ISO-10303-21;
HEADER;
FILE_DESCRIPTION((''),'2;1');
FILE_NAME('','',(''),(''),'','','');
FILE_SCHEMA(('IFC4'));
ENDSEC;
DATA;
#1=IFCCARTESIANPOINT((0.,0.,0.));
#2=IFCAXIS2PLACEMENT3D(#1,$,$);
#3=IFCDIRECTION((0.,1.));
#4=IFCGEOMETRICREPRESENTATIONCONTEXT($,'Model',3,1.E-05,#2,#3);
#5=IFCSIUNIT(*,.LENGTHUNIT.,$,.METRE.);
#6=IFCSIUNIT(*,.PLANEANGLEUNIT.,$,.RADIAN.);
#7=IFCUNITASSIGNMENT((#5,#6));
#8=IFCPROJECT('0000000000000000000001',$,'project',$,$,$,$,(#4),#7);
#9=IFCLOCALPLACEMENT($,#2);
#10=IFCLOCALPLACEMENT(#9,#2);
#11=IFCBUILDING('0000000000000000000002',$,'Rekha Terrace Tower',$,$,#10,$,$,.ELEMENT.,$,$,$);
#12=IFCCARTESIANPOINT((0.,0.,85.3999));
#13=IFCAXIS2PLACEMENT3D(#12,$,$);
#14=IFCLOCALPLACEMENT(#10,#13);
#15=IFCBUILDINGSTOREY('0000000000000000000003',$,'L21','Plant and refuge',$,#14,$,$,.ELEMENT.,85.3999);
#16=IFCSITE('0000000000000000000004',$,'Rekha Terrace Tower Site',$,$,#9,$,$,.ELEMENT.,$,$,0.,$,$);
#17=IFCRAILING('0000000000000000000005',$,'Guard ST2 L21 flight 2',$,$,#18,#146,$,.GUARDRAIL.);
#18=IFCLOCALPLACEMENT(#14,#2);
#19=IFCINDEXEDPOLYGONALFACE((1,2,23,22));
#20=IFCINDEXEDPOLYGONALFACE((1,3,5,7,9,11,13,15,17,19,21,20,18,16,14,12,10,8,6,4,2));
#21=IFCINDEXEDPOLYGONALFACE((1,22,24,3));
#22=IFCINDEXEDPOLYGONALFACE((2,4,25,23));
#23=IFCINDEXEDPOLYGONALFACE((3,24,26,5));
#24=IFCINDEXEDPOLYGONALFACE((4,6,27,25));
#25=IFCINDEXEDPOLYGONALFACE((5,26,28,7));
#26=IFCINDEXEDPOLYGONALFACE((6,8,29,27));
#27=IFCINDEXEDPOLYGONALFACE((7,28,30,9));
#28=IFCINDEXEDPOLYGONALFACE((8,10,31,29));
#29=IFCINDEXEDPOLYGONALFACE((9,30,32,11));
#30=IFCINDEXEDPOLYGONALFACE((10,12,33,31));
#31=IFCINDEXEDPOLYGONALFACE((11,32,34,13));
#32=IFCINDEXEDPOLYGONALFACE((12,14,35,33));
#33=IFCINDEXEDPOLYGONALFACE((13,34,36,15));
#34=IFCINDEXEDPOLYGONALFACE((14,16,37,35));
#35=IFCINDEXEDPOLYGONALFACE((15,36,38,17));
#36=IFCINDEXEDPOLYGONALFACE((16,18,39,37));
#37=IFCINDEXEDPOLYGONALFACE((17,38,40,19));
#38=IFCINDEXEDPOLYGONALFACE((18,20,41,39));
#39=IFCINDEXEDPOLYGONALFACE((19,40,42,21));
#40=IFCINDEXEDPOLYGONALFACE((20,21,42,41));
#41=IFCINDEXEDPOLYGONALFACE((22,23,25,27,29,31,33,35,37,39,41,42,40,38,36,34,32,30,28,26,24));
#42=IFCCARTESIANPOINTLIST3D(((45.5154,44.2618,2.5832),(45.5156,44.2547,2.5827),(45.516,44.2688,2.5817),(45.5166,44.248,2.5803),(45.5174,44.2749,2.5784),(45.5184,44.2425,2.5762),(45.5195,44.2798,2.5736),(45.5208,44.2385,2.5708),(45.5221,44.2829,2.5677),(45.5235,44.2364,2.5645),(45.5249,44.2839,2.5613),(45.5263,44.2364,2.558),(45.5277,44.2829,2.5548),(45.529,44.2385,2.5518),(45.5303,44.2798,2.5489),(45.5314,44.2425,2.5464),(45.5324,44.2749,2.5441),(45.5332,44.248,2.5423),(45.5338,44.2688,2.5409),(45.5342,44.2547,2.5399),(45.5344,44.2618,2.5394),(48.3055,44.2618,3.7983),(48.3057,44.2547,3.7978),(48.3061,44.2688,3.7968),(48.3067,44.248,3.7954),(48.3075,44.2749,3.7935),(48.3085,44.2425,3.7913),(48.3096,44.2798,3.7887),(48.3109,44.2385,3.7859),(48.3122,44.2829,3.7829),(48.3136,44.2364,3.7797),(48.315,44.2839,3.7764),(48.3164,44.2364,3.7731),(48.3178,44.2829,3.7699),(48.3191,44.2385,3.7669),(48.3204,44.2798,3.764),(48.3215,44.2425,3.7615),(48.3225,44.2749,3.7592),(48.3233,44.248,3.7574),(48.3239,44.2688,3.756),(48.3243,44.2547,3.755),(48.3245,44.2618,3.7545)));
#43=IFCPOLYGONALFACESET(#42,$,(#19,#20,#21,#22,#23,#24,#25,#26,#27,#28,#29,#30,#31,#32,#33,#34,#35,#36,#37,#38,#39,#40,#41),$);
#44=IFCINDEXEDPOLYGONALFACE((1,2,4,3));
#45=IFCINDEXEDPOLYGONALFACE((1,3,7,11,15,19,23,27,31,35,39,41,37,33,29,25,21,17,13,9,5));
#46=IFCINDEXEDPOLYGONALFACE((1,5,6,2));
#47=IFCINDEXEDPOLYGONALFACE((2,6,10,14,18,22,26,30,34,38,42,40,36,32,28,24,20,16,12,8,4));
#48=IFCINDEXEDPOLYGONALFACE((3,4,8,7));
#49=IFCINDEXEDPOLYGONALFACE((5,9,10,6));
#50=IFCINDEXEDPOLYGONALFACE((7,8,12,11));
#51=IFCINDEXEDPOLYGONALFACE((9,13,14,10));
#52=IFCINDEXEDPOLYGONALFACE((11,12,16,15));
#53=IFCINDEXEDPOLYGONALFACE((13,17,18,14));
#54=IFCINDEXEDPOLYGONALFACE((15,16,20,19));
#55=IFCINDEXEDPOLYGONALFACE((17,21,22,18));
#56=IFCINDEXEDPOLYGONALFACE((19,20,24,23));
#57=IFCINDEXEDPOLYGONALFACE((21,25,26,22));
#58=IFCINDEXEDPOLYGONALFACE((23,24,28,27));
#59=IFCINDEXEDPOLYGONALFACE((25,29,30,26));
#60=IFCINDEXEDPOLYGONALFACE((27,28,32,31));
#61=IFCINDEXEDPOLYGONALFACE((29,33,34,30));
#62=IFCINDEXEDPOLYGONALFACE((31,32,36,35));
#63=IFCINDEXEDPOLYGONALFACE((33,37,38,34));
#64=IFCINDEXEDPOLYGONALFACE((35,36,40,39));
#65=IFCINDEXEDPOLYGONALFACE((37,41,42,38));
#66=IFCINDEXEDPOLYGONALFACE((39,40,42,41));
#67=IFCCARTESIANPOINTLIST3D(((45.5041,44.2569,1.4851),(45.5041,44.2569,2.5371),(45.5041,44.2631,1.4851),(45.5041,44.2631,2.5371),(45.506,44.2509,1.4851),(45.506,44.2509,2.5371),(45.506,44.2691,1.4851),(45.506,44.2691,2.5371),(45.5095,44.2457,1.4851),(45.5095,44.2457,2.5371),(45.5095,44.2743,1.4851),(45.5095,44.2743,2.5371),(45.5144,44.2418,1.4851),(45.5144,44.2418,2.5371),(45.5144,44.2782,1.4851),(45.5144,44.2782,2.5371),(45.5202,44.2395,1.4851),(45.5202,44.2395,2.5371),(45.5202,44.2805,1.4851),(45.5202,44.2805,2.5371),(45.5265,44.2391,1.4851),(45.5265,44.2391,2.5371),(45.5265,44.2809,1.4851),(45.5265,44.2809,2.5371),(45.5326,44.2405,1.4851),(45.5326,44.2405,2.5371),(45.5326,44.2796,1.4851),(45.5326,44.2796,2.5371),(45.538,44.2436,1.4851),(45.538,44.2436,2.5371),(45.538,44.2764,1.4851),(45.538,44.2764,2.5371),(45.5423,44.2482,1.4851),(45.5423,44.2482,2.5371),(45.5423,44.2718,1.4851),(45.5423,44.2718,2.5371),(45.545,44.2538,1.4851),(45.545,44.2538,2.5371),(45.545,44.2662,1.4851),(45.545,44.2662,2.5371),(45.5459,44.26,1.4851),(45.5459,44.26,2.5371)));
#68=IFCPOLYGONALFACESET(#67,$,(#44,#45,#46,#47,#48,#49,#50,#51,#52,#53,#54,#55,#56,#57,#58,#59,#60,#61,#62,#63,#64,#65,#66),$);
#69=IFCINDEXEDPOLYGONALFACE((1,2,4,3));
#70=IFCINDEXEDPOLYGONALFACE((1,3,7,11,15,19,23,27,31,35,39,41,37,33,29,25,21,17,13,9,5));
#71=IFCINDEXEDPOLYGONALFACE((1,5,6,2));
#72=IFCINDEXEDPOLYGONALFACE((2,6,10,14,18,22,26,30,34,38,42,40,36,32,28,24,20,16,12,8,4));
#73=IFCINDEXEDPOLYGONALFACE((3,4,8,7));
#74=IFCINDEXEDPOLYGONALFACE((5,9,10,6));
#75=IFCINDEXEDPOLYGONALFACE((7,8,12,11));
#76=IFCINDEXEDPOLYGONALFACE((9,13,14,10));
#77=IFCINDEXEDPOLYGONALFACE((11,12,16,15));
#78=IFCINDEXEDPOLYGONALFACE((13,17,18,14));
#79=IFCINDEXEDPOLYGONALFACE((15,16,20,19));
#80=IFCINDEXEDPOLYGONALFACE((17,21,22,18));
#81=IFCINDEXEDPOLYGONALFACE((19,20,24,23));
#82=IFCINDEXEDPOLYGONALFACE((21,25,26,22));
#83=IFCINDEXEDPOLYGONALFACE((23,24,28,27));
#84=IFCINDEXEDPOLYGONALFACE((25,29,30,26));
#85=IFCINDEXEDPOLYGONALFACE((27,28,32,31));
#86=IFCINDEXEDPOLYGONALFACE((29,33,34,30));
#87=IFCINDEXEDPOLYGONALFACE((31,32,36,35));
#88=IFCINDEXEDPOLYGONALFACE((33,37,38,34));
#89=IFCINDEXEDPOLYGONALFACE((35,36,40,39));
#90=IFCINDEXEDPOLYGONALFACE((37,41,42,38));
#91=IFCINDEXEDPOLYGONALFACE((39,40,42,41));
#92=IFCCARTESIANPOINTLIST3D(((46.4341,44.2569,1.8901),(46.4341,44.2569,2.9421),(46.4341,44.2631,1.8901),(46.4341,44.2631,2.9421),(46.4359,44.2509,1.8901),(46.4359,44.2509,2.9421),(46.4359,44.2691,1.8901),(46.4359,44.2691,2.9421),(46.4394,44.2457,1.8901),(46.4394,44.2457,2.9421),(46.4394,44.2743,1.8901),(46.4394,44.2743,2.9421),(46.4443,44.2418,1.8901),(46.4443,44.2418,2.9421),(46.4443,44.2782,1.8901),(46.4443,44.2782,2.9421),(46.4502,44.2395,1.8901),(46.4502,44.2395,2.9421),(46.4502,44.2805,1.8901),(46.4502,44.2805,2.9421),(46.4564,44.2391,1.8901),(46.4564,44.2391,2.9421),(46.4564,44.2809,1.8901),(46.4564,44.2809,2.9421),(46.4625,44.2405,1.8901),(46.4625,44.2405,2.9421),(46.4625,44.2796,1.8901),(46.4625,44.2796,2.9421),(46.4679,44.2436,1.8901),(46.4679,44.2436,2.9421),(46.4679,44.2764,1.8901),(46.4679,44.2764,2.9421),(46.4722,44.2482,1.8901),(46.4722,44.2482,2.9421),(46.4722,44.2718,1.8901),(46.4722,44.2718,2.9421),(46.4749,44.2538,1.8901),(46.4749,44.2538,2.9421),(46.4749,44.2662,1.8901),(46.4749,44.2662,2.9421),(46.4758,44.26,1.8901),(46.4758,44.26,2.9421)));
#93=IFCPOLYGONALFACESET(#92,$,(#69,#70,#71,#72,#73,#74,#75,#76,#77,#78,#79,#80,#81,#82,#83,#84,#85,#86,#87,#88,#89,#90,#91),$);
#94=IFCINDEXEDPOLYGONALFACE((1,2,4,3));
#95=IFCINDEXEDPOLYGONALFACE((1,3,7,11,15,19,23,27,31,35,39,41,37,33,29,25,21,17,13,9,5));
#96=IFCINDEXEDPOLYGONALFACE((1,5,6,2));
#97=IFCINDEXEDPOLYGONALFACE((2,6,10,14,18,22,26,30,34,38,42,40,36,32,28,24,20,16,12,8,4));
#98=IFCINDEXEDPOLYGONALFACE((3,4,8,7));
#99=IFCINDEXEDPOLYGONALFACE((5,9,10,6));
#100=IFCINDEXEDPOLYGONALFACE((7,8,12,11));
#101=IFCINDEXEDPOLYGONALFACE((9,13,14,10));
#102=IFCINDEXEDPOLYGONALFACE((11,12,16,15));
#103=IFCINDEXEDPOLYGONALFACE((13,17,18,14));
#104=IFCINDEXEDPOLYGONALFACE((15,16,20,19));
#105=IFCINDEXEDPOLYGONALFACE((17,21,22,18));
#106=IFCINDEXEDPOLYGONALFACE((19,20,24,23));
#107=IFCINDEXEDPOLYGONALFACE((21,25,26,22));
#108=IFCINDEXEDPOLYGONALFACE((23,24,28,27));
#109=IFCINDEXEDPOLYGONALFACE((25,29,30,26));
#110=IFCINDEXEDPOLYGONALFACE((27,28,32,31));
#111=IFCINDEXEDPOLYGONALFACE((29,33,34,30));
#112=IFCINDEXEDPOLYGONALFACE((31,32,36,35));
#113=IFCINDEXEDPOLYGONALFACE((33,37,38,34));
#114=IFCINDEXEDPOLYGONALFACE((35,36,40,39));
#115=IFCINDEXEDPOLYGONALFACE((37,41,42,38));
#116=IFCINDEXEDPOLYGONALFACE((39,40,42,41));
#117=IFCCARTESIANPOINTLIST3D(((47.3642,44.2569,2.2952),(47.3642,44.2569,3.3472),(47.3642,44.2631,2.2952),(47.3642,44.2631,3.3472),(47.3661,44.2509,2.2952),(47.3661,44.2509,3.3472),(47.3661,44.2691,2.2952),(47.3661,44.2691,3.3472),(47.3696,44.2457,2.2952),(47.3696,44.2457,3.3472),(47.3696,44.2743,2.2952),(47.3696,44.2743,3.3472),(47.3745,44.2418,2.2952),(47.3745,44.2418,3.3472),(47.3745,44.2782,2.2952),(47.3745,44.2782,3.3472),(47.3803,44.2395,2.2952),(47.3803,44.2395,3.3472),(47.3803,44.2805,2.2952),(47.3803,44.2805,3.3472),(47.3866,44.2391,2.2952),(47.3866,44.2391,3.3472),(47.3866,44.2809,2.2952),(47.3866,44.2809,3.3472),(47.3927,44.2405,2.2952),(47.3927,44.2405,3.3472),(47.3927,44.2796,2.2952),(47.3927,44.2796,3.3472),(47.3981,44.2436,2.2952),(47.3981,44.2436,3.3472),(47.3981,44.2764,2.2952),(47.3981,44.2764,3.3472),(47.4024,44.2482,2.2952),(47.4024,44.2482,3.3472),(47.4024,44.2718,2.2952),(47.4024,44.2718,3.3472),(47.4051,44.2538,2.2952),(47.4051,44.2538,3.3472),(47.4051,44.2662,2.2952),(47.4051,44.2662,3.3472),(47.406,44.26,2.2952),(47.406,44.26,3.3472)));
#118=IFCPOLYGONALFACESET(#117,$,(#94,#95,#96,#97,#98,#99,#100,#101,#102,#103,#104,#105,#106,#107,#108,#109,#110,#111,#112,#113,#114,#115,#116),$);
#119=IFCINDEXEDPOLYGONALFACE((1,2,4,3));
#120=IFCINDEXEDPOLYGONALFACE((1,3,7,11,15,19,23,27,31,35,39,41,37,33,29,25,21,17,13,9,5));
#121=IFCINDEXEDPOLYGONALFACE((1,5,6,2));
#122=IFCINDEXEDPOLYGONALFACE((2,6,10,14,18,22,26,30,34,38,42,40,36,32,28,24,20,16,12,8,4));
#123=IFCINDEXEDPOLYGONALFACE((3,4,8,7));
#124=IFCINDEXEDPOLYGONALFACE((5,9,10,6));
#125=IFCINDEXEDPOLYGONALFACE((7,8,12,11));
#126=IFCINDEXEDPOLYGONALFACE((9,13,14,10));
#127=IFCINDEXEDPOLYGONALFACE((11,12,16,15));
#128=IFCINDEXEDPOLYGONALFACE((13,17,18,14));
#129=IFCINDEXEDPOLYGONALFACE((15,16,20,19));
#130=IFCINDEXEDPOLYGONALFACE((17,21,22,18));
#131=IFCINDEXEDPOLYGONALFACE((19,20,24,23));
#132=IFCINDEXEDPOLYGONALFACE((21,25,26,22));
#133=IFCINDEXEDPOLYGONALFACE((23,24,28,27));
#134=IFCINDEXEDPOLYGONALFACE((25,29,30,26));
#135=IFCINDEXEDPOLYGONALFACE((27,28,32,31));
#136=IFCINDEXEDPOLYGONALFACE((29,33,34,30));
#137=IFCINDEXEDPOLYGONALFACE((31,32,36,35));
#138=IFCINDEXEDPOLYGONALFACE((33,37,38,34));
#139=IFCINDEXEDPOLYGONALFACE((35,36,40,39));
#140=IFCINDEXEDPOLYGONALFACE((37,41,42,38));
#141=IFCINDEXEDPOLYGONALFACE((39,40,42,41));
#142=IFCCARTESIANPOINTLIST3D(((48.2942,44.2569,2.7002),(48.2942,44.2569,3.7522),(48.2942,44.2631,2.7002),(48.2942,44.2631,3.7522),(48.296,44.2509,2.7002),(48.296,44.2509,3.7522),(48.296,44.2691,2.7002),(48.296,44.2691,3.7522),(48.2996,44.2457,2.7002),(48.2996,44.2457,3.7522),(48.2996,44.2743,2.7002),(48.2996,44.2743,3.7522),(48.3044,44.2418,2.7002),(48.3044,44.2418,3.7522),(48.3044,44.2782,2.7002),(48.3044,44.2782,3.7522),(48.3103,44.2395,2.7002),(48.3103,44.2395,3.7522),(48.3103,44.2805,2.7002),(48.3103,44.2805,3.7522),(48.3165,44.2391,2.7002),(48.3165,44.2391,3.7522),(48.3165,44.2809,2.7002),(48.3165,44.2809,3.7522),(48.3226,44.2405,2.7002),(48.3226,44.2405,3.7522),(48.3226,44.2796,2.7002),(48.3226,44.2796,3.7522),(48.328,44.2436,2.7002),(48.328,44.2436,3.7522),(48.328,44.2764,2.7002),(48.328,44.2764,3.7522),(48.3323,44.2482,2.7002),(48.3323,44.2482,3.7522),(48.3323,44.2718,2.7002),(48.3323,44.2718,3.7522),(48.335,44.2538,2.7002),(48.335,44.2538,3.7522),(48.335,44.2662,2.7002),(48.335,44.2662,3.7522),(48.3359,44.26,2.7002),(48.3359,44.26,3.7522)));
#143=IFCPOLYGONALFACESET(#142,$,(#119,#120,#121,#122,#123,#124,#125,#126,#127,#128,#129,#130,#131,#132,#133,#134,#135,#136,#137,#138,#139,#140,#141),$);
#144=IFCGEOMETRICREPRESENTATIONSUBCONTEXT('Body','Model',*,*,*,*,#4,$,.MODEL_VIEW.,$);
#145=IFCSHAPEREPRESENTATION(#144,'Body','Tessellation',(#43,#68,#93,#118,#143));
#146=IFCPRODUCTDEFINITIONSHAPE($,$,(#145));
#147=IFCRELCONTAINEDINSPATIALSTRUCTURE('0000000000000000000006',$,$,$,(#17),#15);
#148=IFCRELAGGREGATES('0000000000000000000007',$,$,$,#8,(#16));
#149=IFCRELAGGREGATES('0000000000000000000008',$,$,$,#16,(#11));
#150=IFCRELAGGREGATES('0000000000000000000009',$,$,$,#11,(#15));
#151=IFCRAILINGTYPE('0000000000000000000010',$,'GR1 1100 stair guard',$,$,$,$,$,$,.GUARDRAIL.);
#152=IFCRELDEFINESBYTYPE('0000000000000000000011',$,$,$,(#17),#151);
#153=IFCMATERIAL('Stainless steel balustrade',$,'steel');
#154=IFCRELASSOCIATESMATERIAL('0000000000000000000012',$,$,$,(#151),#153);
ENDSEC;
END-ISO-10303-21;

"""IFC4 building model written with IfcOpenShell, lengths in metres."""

from ifc_helpers import new_model, si_unit, direction, frame, origin, origin_2d, place, context, subcontext, project, spatial, circle, extrude, material, type_object, element, save


model = new_model("IFC4")

# Units and contexts
model_context = context("Model", 3, precision=1e-05, world=origin(), true_north=direction((0.0, 1.0)))
body_context = subcontext(model_context, "Body", "Model", "MODEL_VIEW")
ifc_project = project(units=[si_unit("LENGTHUNIT", "METRE"), si_unit("PLANEANGLEUNIT", "RADIAN")], contexts=[model_context])

# Site, building, storey
site_placement = place(None, origin())
site = spatial("IfcSite", under=ifc_project, at=site_placement, Name="Rekha Terrace Tower Site", CompositionType="ELEMENT", RefElevation=0.0)
building_placement = place(site_placement, origin())
building = spatial("IfcBuilding", under=site, at=building_placement, Name="Rekha Terrace Tower", CompositionType="ELEMENT")
storey_placement = place(building_placement, frame((0.0, 0.0, 85.3999)))
storey = spatial("IfcBuildingStorey", under=building, at=storey_placement, Name="L21", Description="Plant and refuge", CompositionType="ELEMENT", Elevation=85.3999)

# Railing
ifc_material_1 = material(Name="Stainless steel balustrade", Category="steel")
railing_type_1 = type_object("IfcRailingType", Name="GR1 1100 stair guard", PredefinedType="GUARDRAIL", material=ifc_material_1)
railing_1_placement = place(storey_placement, frame((45.5249, 44.26, 1.4851)))
element("IfcRailing", 1, at=railing_1_placement, inside=storey, type_object=railing_type_1, Name="Guard ST2 L21 flight 2", PredefinedType="GUARDRAIL", context=body_context, shape_type="SweptSolid", body=[
    extrude(circle(Radius=0.0239, at=origin_2d()), frame((0.0, 0.0, 1.0762), z_axis=(0.916826, 0.0, 0.399286), x_axis=(0.0, 1.0, 0.0)), (0.0, 0.0, 1.0), 3.0432),
    extrude(circle(Radius=0.021, at=origin_2d()), origin(), (0.0, 0.0, 1.0), 1.052),
    extrude(circle(Radius=0.021, at=origin_2d()), frame((0.9299, 0.0, 0.405)), (0.0, 0.0, 1.0), 1.052),
    extrude(circle(Radius=0.021, at=origin_2d()), frame((1.8601, 0.0, 0.8101)), (0.0, 0.0, 1.0), 1.052),
    extrude(circle(Radius=0.021, at=origin_2d()), frame((2.79, 0.0, 1.2151)), (0.0, 0.0, 1.0), 1.052),
])

save(model, "model.ifc")
